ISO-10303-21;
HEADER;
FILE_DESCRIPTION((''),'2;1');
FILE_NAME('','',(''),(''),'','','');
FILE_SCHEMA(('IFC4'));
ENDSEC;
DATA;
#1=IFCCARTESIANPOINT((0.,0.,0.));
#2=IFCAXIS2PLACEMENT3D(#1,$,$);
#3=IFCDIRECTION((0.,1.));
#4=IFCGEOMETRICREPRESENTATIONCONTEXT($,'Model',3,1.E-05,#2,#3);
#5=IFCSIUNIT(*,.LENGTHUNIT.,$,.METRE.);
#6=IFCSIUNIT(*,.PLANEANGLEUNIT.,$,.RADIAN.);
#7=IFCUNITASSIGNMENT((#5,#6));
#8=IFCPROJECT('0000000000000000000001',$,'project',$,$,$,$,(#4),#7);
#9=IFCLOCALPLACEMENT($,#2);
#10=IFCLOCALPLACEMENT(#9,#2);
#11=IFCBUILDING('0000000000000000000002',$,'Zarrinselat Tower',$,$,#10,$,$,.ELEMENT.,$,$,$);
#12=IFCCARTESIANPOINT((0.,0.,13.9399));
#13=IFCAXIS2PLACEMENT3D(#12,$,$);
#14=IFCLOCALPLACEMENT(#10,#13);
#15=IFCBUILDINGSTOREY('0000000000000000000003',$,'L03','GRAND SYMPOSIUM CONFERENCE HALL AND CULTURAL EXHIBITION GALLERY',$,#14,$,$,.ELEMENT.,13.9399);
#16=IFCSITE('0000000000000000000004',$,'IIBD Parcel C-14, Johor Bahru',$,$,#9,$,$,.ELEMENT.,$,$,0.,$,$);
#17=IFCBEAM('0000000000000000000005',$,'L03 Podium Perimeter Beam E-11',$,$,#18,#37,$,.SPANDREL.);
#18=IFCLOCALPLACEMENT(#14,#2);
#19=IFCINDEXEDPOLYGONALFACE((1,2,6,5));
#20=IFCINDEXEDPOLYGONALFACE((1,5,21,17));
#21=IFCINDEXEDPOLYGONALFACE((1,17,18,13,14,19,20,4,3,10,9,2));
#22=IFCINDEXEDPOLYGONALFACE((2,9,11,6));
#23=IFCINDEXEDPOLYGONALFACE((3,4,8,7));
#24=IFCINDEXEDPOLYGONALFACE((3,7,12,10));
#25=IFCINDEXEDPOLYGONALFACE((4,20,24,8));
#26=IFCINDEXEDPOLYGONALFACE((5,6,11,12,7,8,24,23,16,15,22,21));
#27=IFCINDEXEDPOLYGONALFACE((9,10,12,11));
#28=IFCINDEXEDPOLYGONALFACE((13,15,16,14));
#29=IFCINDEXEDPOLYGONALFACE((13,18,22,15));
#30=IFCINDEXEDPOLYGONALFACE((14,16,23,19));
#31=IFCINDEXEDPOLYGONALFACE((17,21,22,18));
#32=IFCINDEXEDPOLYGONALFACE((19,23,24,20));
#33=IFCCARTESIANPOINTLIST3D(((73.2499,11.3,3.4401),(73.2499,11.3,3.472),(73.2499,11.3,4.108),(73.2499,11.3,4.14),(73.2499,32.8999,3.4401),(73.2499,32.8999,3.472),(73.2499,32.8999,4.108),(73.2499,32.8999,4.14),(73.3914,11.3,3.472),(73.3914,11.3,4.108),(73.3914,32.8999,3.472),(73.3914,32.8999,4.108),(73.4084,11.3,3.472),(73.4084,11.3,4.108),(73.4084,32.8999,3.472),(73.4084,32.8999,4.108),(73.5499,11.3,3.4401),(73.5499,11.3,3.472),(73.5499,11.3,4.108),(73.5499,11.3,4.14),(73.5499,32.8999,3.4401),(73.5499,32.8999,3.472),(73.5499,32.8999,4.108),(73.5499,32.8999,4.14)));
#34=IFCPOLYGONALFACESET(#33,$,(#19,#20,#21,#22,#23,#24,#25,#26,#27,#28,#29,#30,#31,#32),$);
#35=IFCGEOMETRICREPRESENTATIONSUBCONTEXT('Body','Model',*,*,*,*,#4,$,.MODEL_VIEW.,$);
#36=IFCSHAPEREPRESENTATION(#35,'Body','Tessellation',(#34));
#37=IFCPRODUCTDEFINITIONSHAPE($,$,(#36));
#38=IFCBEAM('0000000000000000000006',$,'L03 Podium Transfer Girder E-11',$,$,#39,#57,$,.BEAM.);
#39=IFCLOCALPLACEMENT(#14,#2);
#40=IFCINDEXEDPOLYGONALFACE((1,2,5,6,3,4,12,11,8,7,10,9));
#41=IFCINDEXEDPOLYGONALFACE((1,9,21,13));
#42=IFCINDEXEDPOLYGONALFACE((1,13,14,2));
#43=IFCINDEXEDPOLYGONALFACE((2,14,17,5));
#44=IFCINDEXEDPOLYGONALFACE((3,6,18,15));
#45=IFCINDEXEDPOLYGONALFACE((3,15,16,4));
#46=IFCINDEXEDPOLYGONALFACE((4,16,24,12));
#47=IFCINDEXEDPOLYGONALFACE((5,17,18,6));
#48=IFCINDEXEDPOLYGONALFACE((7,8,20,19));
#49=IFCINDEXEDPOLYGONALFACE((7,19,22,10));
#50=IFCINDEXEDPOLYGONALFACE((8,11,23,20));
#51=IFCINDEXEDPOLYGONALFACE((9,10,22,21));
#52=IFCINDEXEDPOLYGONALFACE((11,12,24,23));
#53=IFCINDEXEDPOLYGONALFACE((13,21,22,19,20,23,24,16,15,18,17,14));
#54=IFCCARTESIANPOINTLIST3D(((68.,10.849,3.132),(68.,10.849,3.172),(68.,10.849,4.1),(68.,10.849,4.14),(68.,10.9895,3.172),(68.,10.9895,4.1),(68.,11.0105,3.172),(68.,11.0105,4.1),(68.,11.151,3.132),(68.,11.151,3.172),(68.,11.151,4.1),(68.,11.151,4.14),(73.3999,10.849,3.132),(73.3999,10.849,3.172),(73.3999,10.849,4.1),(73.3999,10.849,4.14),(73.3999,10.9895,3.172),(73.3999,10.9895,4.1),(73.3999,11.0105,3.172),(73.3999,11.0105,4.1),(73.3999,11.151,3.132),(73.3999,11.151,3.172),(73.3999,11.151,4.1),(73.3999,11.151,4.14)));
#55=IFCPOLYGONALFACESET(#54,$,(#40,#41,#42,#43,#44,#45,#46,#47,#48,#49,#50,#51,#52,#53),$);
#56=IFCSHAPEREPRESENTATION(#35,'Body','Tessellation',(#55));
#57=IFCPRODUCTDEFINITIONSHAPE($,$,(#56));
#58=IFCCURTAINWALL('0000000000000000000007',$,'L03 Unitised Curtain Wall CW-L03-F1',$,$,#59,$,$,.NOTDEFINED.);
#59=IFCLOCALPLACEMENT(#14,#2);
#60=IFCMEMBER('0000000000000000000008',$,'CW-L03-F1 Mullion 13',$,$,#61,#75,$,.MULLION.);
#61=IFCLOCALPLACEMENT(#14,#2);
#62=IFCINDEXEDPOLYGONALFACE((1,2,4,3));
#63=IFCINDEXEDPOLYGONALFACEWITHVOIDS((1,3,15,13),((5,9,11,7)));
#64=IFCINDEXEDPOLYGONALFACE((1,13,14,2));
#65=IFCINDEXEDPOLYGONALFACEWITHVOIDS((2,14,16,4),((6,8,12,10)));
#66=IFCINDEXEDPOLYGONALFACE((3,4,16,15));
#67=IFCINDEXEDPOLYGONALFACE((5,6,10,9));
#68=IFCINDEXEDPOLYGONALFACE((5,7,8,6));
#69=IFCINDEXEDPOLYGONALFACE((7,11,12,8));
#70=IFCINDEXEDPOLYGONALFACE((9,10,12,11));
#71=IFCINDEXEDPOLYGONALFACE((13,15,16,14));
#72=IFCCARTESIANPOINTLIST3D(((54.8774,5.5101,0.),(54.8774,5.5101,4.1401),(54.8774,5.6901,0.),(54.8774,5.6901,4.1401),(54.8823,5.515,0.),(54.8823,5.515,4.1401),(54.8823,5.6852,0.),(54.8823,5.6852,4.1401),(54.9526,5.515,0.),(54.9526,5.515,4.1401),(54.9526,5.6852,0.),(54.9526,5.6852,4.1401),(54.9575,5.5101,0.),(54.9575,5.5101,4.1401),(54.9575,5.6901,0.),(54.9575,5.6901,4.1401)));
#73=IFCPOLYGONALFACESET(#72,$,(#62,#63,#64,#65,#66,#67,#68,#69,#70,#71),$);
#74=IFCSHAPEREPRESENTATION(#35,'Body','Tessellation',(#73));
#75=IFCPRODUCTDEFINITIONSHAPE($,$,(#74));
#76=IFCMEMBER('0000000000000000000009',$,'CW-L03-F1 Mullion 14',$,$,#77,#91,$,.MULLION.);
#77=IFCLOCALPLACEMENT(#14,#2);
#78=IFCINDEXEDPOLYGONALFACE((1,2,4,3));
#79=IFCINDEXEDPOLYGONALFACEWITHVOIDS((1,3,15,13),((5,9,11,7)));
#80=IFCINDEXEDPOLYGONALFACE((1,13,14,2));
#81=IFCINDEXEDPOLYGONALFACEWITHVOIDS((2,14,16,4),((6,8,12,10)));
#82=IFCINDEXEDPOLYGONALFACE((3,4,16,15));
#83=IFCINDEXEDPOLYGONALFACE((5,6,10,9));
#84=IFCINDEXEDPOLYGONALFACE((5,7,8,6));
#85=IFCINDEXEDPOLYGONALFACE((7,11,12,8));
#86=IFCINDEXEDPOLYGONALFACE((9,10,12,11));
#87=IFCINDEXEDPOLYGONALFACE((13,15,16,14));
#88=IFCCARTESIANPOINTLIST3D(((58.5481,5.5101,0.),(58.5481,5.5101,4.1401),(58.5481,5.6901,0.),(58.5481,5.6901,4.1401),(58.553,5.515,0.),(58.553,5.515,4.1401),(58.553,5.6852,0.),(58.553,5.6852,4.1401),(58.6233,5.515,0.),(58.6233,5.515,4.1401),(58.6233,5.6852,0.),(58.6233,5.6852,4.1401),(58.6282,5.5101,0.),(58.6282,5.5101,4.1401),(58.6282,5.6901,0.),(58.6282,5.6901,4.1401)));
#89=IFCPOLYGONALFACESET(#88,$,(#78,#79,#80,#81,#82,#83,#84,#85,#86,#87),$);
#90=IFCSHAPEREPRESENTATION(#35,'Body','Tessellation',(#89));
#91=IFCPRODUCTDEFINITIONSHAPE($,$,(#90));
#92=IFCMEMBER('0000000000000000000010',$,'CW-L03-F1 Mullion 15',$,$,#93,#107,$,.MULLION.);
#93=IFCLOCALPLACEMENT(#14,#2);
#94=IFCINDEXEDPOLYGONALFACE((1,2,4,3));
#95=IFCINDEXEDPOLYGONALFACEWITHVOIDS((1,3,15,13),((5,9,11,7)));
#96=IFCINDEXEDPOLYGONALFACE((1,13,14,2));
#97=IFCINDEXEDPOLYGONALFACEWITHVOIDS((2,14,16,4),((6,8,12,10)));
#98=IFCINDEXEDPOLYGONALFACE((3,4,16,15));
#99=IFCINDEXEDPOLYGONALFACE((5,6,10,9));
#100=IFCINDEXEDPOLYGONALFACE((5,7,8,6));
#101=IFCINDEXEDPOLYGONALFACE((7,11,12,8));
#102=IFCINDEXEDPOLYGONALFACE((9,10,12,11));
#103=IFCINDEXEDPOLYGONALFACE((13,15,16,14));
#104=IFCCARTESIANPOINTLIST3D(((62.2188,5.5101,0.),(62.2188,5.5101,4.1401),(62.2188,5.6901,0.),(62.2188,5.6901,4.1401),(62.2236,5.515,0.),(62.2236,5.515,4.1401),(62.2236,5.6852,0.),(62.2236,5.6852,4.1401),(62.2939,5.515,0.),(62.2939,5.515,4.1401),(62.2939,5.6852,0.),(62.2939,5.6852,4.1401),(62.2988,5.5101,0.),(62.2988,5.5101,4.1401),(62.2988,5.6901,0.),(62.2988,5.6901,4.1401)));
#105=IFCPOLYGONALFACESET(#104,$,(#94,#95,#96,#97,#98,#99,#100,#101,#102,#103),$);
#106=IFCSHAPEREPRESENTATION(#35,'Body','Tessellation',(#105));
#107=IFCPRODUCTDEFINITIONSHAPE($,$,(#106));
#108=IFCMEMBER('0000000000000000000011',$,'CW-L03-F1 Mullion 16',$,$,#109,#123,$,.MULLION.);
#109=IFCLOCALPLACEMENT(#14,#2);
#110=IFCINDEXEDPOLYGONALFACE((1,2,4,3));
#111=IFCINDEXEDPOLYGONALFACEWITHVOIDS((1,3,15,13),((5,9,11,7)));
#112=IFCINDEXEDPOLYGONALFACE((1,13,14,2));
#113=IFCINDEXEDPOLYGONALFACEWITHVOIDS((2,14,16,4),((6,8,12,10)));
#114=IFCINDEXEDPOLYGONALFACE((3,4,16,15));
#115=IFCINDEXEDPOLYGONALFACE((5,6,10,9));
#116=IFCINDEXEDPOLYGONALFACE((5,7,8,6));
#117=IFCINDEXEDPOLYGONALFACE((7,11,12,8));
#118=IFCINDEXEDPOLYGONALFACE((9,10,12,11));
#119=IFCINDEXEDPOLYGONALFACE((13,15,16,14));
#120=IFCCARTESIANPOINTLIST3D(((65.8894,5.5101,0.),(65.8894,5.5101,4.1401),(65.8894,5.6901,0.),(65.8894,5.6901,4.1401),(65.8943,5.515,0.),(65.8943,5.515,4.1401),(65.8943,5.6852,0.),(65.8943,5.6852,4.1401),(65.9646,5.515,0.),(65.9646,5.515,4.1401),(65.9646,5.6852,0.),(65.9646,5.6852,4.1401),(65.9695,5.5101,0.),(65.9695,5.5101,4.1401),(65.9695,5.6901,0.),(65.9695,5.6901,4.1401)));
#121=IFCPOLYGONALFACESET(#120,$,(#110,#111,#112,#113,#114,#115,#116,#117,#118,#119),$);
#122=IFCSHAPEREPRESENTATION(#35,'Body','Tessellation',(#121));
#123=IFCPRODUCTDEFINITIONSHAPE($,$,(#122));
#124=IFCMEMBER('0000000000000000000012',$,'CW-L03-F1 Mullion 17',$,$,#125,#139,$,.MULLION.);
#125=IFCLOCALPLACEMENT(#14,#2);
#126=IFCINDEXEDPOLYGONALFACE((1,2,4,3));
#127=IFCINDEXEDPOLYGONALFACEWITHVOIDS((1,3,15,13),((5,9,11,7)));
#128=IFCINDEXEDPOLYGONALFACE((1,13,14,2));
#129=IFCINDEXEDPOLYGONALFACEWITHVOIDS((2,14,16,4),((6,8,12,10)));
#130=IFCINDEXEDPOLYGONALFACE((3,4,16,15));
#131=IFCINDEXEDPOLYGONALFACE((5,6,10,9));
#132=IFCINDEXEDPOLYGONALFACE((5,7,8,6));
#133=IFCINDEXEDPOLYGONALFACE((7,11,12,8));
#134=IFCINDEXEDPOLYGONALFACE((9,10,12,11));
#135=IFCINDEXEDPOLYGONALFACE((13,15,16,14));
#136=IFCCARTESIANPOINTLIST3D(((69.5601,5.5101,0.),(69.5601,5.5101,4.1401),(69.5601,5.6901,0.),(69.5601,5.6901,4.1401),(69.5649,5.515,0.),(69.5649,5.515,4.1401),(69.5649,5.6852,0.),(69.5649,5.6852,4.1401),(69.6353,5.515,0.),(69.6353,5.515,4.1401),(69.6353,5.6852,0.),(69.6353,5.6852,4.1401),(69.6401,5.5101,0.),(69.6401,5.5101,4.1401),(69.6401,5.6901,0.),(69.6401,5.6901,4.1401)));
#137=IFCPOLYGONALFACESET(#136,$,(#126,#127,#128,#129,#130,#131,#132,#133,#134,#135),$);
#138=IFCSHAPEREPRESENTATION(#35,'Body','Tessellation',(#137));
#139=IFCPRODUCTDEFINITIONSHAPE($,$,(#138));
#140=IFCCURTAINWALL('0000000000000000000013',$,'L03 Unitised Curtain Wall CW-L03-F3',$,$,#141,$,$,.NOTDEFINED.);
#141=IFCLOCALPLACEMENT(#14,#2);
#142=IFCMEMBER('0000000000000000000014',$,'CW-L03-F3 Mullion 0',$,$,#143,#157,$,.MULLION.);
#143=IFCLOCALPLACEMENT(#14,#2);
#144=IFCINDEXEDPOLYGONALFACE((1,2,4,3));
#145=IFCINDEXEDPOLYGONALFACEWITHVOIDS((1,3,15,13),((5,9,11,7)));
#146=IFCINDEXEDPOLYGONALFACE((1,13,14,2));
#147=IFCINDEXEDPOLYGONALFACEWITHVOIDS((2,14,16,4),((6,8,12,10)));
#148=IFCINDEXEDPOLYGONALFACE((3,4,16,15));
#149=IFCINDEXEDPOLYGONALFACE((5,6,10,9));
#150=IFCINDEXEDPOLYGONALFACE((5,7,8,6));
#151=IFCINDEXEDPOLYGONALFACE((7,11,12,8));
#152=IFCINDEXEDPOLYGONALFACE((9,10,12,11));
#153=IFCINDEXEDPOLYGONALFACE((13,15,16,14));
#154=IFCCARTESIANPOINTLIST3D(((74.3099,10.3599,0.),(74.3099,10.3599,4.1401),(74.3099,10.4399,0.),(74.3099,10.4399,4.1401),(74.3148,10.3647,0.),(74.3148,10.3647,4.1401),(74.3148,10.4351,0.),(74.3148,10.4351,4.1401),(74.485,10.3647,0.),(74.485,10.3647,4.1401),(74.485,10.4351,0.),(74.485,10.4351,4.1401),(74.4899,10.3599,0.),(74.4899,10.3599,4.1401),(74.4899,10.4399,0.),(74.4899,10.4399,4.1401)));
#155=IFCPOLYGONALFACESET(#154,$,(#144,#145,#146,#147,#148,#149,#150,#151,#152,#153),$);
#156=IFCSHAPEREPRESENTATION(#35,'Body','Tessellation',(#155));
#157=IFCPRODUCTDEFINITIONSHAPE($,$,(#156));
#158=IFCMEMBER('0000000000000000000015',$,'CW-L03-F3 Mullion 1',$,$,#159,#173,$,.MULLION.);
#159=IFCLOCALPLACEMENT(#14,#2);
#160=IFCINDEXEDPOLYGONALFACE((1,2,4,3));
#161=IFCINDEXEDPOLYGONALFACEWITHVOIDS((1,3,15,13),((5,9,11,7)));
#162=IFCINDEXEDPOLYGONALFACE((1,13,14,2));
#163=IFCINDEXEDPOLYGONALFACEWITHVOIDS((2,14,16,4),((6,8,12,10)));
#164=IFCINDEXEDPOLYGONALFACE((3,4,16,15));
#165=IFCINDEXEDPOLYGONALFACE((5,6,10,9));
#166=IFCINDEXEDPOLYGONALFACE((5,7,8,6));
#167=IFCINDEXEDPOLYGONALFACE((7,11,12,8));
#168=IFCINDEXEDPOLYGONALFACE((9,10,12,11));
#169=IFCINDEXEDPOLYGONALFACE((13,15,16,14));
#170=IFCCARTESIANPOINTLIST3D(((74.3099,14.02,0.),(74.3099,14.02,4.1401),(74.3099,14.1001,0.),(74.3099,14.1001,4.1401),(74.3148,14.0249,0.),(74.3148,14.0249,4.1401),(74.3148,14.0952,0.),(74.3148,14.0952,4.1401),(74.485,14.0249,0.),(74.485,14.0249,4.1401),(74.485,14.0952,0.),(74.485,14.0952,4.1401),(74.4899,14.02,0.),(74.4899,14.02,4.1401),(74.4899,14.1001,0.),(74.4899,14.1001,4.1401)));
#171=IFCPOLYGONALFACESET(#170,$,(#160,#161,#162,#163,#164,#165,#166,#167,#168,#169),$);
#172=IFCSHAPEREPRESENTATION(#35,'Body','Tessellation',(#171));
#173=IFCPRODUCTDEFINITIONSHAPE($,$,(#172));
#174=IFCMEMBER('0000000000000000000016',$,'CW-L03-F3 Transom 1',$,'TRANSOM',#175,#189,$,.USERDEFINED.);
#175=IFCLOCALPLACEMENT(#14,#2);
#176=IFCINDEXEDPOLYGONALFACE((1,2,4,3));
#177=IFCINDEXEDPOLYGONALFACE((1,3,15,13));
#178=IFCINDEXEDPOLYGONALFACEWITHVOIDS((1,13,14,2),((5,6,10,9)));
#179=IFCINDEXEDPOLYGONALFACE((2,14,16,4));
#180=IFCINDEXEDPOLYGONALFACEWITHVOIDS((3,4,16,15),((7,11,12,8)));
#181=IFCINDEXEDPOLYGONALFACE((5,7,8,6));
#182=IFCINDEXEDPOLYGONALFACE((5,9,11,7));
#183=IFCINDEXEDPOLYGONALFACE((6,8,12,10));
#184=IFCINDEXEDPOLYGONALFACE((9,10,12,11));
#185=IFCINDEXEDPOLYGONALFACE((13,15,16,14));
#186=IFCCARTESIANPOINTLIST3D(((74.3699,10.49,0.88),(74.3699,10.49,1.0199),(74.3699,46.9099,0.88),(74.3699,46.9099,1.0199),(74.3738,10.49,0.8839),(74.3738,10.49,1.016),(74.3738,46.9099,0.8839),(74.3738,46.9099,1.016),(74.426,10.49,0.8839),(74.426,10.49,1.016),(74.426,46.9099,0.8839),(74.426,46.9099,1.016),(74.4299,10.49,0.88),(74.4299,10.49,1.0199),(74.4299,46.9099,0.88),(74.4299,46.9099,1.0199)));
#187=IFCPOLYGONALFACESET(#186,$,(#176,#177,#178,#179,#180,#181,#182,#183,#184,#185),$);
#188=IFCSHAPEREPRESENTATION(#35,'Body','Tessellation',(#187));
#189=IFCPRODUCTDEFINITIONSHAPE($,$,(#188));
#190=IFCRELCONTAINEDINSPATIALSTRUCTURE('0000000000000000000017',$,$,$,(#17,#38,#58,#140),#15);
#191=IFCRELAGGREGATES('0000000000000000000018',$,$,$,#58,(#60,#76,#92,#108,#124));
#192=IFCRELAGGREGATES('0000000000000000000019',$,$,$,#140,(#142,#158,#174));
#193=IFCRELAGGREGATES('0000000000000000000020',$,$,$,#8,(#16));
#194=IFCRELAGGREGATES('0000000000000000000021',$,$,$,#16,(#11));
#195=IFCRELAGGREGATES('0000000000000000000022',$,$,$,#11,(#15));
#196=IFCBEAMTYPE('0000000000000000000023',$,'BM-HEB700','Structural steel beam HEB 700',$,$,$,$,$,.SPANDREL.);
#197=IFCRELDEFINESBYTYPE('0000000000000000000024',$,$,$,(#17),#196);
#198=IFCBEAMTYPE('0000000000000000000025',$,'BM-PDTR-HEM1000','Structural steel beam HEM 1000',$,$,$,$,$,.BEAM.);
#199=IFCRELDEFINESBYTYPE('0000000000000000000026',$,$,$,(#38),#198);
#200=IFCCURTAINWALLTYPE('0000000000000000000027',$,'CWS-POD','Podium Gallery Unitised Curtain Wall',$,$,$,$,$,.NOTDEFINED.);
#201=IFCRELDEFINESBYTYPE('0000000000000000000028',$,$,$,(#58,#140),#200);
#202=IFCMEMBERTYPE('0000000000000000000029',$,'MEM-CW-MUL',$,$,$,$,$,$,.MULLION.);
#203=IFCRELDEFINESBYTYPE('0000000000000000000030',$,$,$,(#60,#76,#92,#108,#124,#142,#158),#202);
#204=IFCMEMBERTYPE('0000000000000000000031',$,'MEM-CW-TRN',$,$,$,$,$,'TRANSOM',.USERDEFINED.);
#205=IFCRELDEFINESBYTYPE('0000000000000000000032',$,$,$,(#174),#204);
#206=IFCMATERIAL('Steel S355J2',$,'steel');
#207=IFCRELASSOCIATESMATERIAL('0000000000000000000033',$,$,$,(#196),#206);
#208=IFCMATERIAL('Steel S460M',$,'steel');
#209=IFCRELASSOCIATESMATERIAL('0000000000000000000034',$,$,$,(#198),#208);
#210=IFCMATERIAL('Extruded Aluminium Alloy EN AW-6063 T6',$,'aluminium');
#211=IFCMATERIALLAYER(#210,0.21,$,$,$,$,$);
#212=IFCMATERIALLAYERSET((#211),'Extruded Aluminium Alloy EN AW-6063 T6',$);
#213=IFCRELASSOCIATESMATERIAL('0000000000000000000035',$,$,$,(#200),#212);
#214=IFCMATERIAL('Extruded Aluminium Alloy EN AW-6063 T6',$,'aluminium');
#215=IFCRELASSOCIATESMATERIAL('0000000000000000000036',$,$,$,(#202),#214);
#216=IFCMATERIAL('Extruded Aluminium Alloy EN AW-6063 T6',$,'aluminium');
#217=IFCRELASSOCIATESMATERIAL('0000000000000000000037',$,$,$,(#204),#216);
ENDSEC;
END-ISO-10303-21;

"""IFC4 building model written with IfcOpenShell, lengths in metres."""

from ifc_helpers import new_model, si_unit, direction, frame, origin, origin_2d, place, context, subcontext, project, spatial, hollow_rectangle, i_section, extrude, material, layer, layer_set, material_profile, profile_set, type_object, element, aggregate, save


model = new_model("IFC4")

# Units and contexts
model_context = context("Model", 3, precision=1e-05, world=origin(), true_north=direction((0.0, 1.0)))
body_context = subcontext(model_context, "Body", "Model", "MODEL_VIEW")
ifc_project = project(units=[si_unit("LENGTHUNIT", "METRE"), si_unit("PLANEANGLEUNIT", "RADIAN")], contexts=[model_context])

# Site, building, storey
site_placement = place(None, origin())
site = spatial("IfcSite", under=ifc_project, at=site_placement, Name="IIBD Parcel C-14, Johor Bahru", CompositionType="ELEMENT", RefElevation=0.0)
building_placement = place(site_placement, origin())
building = spatial("IfcBuilding", under=site, at=building_placement, Name="Zarrinselat Tower", CompositionType="ELEMENT")
storey_placement = place(building_placement, frame((0.0, 0.0, 13.9399)))
storey = spatial("IfcBuildingStorey", under=building, at=storey_placement, Name="L03", Description="GRAND SYMPOSIUM CONFERENCE HALL AND CULTURAL EXHIBITION GALLERY", CompositionType="ELEMENT", Elevation=13.9399)

# Beams
ifc_material_1 = material(Name="Steel S355J2", Category="steel")
ifc_material_profile_1 = material_profile(ifc_material_1, i_section(OverallWidth=0.3, OverallDepth=0.7, WebThickness=0.0171, FlangeThickness=0.032, at=origin_2d()), Name="HEB 700")
ifc_profile_set_1 = profile_set([ifc_material_profile_1], Name="Steel S355J2")
beam_type_1 = type_object("IfcBeamType", Name="BM-HEB700", Description="Structural steel beam HEB 700", PredefinedType="SPANDREL", material=ifc_profile_set_1)
beam_1_placement = place(storey_placement, frame((73.3999, 11.3, 3.79), z_axis=(0.0, 1.0, 0.0), x_axis=(-1.0, 0.0, 0.0)))
element("IfcBeam", 1, at=beam_1_placement, inside=storey, type_object=beam_type_1, Name="L03 Podium Perimeter Beam E-11", PredefinedType="SPANDREL", context=body_context, shape_type="SweptSolid", body=[
    extrude(i_section(OverallWidth=0.3, OverallDepth=0.7, WebThickness=0.0171, FlangeThickness=0.032, at=origin_2d()), origin(), (0.0, 0.0, 1.0), 21.5999),
])
ifc_material_2 = material(Name="Steel S460M", Category="steel")
ifc_material_profile_2 = material_profile(ifc_material_2, i_section(OverallWidth=0.302, OverallDepth=1.0081, WebThickness=0.021, FlangeThickness=0.04, at=origin_2d()), Name="HEM 1000")
ifc_profile_set_2 = profile_set([ifc_material_profile_2], Name="Steel S460M")
beam_type_2 = type_object("IfcBeamType", Name="BM-PDTR-HEM1000", Description="Structural steel beam HEM 1000", PredefinedType="BEAM", material=ifc_profile_set_2)
beam_2_placement = place(storey_placement, frame((68.0, 11.0, 3.636), z_axis=(1.0, 0.0, 0.0), x_axis=(0.0, 1.0, 0.0)))
element("IfcBeam", 2, at=beam_2_placement, inside=storey, type_object=beam_type_2, Name="L03 Podium Transfer Girder E-11", PredefinedType="BEAM", context=body_context, shape_type="SweptSolid", body=[
    extrude(i_section(OverallWidth=0.302, OverallDepth=1.0081, WebThickness=0.021, FlangeThickness=0.04, at=origin_2d()), origin(), (0.0, 0.0, 1.0), 5.3999),
])

# Curtain walls, members
ifc_material_3 = material(Name="Extruded Aluminium Alloy EN AW-6063 T6", Category="aluminium")
ifc_layer_1 = layer(ifc_material_3, 0.21)
ifc_layer_set_1 = layer_set([ifc_layer_1], Name="Extruded Aluminium Alloy EN AW-6063 T6")
curtain_wall_type = type_object("IfcCurtainWallType", Name="CWS-POD", Description="Podium Gallery Unitised Curtain Wall", PredefinedType="NOTDEFINED", material=ifc_layer_set_1)
curtain_wall_1_placement = place(storey_placement, origin())
curtain_wall_1 = element("IfcCurtainWall", 3, at=curtain_wall_1_placement, inside=storey, type_object=curtain_wall_type, Name="L03 Unitised Curtain Wall CW-L03-F1", PredefinedType="NOTDEFINED")
ifc_material_4 = material(Name="Extruded Aluminium Alloy EN AW-6063 T6", Category="aluminium")
ifc_material_profile_3 = material_profile(ifc_material_4, hollow_rectangle(XDim=0.0801, YDim=0.1799, WallThickness=0.0049, at=origin_2d()), Name="RHS 180x80x5")
ifc_profile_set_3 = profile_set([ifc_material_profile_3], Name="Extruded Aluminium Alloy EN AW-6063 T6")
member_type_1 = type_object("IfcMemberType", Name="MEM-CW-MUL", PredefinedType="MULLION", material=ifc_profile_set_3)
member_1_placement = place(storey_placement, frame((54.9175, 5.6001, 0.0), z_axis=(0.0, 0.0, 1.0), x_axis=(1.0, 0.0, 0.0)))
member_1 = element("IfcMember", 4, at=member_1_placement, type_object=member_type_1, Name="CW-L03-F1 Mullion 13", PredefinedType="MULLION", context=body_context, shape_type="SweptSolid", body=[
    extrude(hollow_rectangle(XDim=0.0801, YDim=0.1799, WallThickness=0.0049, at=origin_2d()), origin(), (0.0, 0.0, 1.0), 4.1401),
])
member_2_placement = place(storey_placement, frame((58.5881, 5.6001, 0.0), z_axis=(0.0, 0.0, 1.0), x_axis=(1.0, 0.0, 0.0)))
member_2 = element("IfcMember", 5, at=member_2_placement, type_object=member_type_1, Name="CW-L03-F1 Mullion 14", PredefinedType="MULLION", context=body_context, shape_type="SweptSolid", body=[
    extrude(hollow_rectangle(XDim=0.0801, YDim=0.1799, WallThickness=0.0049, at=origin_2d()), origin(), (0.0, 0.0, 1.0), 4.1401),
])
member_3_placement = place(storey_placement, frame((62.2588, 5.6001, 0.0), z_axis=(0.0, 0.0, 1.0), x_axis=(1.0, 0.0, 0.0)))
member_3 = element("IfcMember", 6, at=member_3_placement, type_object=member_type_1, Name="CW-L03-F1 Mullion 15", PredefinedType="MULLION", context=body_context, shape_type="SweptSolid", body=[
    extrude(hollow_rectangle(XDim=0.0801, YDim=0.1799, WallThickness=0.0049, at=origin_2d()), origin(), (0.0, 0.0, 1.0), 4.1401),
])
member_4_placement = place(storey_placement, frame((65.9294, 5.6001, 0.0), z_axis=(0.0, 0.0, 1.0), x_axis=(1.0, 0.0, 0.0)))
member_4 = element("IfcMember", 7, at=member_4_placement, type_object=member_type_1, Name="CW-L03-F1 Mullion 16", PredefinedType="MULLION", context=body_context, shape_type="SweptSolid", body=[
    extrude(hollow_rectangle(XDim=0.0801, YDim=0.1799, WallThickness=0.0049, at=origin_2d()), origin(), (0.0, 0.0, 1.0), 4.1401),
])
member_5_placement = place(storey_placement, frame((69.6001, 5.6001, 0.0), z_axis=(0.0, 0.0, 1.0), x_axis=(1.0, 0.0, 0.0)))
member_5 = element("IfcMember", 8, at=member_5_placement, type_object=member_type_1, Name="CW-L03-F1 Mullion 17", PredefinedType="MULLION", context=body_context, shape_type="SweptSolid", body=[
    extrude(hollow_rectangle(XDim=0.0801, YDim=0.1799, WallThickness=0.0049, at=origin_2d()), origin(), (0.0, 0.0, 1.0), 4.1401),
])
curtain_wall_2_placement = place(storey_placement, origin())
curtain_wall_2 = element("IfcCurtainWall", 9, at=curtain_wall_2_placement, inside=storey, type_object=curtain_wall_type, Name="L03 Unitised Curtain Wall CW-L03-F3", PredefinedType="NOTDEFINED")
member_6_placement = place(storey_placement, frame((74.3999, 10.3999, 0.0), z_axis=(0.0, 0.0, 1.0), x_axis=(0.0, 1.0, 0.0)))
member_6 = element("IfcMember", 10, at=member_6_placement, type_object=member_type_1, Name="CW-L03-F3 Mullion 0", PredefinedType="MULLION", context=body_context, shape_type="SweptSolid", body=[
    extrude(hollow_rectangle(XDim=0.0801, YDim=0.1799, WallThickness=0.0049, at=origin_2d()), origin(), (0.0, 0.0, 1.0), 4.1401),
])
member_7_placement = place(storey_placement, frame((74.3999, 14.0601, 0.0), z_axis=(0.0, 0.0, 1.0), x_axis=(0.0, 1.0, 0.0)))
member_7 = element("IfcMember", 11, at=member_7_placement, type_object=member_type_1, Name="CW-L03-F3 Mullion 1", PredefinedType="MULLION", context=body_context, shape_type="SweptSolid", body=[
    extrude(hollow_rectangle(XDim=0.0801, YDim=0.1799, WallThickness=0.0049, at=origin_2d()), origin(), (0.0, 0.0, 1.0), 4.1401),
])
ifc_material_5 = material(Name="Extruded Aluminium Alloy EN AW-6063 T6", Category="aluminium")
ifc_material_profile_4 = material_profile(ifc_material_5, hollow_rectangle(XDim=0.0601, YDim=0.1399, WallThickness=0.0039, at=origin_2d()), Name="RHS 140x60x4")
ifc_profile_set_4 = profile_set([ifc_material_profile_4], Name="Extruded Aluminium Alloy EN AW-6063 T6")
member_type_2 = type_object("IfcMemberType", Name="MEM-CW-TRN", ElementType="TRANSOM", PredefinedType="USERDEFINED", material=ifc_profile_set_4)
member_8_placement = place(storey_placement, frame((74.3999, 10.49, 0.95), z_axis=(0.0, 1.0, 0.0), x_axis=(-1.0, 0.0, 0.0)))
member_8 = element("IfcMember", 12, at=member_8_placement, type_object=member_type_2, Name="CW-L03-F3 Transom 1", ObjectType="TRANSOM", PredefinedType="USERDEFINED", context=body_context, shape_type="SweptSolid", body=[
    extrude(hollow_rectangle(XDim=0.0601, YDim=0.1399, WallThickness=0.0039, at=origin_2d()), origin(), (0.0, 0.0, 1.0), 36.4199),
])

aggregate(curtain_wall_1, [member_1, member_2, member_3, member_4, member_5])
aggregate(curtain_wall_2, [member_6, member_7, member_8])

save(model, "model.ifc")
